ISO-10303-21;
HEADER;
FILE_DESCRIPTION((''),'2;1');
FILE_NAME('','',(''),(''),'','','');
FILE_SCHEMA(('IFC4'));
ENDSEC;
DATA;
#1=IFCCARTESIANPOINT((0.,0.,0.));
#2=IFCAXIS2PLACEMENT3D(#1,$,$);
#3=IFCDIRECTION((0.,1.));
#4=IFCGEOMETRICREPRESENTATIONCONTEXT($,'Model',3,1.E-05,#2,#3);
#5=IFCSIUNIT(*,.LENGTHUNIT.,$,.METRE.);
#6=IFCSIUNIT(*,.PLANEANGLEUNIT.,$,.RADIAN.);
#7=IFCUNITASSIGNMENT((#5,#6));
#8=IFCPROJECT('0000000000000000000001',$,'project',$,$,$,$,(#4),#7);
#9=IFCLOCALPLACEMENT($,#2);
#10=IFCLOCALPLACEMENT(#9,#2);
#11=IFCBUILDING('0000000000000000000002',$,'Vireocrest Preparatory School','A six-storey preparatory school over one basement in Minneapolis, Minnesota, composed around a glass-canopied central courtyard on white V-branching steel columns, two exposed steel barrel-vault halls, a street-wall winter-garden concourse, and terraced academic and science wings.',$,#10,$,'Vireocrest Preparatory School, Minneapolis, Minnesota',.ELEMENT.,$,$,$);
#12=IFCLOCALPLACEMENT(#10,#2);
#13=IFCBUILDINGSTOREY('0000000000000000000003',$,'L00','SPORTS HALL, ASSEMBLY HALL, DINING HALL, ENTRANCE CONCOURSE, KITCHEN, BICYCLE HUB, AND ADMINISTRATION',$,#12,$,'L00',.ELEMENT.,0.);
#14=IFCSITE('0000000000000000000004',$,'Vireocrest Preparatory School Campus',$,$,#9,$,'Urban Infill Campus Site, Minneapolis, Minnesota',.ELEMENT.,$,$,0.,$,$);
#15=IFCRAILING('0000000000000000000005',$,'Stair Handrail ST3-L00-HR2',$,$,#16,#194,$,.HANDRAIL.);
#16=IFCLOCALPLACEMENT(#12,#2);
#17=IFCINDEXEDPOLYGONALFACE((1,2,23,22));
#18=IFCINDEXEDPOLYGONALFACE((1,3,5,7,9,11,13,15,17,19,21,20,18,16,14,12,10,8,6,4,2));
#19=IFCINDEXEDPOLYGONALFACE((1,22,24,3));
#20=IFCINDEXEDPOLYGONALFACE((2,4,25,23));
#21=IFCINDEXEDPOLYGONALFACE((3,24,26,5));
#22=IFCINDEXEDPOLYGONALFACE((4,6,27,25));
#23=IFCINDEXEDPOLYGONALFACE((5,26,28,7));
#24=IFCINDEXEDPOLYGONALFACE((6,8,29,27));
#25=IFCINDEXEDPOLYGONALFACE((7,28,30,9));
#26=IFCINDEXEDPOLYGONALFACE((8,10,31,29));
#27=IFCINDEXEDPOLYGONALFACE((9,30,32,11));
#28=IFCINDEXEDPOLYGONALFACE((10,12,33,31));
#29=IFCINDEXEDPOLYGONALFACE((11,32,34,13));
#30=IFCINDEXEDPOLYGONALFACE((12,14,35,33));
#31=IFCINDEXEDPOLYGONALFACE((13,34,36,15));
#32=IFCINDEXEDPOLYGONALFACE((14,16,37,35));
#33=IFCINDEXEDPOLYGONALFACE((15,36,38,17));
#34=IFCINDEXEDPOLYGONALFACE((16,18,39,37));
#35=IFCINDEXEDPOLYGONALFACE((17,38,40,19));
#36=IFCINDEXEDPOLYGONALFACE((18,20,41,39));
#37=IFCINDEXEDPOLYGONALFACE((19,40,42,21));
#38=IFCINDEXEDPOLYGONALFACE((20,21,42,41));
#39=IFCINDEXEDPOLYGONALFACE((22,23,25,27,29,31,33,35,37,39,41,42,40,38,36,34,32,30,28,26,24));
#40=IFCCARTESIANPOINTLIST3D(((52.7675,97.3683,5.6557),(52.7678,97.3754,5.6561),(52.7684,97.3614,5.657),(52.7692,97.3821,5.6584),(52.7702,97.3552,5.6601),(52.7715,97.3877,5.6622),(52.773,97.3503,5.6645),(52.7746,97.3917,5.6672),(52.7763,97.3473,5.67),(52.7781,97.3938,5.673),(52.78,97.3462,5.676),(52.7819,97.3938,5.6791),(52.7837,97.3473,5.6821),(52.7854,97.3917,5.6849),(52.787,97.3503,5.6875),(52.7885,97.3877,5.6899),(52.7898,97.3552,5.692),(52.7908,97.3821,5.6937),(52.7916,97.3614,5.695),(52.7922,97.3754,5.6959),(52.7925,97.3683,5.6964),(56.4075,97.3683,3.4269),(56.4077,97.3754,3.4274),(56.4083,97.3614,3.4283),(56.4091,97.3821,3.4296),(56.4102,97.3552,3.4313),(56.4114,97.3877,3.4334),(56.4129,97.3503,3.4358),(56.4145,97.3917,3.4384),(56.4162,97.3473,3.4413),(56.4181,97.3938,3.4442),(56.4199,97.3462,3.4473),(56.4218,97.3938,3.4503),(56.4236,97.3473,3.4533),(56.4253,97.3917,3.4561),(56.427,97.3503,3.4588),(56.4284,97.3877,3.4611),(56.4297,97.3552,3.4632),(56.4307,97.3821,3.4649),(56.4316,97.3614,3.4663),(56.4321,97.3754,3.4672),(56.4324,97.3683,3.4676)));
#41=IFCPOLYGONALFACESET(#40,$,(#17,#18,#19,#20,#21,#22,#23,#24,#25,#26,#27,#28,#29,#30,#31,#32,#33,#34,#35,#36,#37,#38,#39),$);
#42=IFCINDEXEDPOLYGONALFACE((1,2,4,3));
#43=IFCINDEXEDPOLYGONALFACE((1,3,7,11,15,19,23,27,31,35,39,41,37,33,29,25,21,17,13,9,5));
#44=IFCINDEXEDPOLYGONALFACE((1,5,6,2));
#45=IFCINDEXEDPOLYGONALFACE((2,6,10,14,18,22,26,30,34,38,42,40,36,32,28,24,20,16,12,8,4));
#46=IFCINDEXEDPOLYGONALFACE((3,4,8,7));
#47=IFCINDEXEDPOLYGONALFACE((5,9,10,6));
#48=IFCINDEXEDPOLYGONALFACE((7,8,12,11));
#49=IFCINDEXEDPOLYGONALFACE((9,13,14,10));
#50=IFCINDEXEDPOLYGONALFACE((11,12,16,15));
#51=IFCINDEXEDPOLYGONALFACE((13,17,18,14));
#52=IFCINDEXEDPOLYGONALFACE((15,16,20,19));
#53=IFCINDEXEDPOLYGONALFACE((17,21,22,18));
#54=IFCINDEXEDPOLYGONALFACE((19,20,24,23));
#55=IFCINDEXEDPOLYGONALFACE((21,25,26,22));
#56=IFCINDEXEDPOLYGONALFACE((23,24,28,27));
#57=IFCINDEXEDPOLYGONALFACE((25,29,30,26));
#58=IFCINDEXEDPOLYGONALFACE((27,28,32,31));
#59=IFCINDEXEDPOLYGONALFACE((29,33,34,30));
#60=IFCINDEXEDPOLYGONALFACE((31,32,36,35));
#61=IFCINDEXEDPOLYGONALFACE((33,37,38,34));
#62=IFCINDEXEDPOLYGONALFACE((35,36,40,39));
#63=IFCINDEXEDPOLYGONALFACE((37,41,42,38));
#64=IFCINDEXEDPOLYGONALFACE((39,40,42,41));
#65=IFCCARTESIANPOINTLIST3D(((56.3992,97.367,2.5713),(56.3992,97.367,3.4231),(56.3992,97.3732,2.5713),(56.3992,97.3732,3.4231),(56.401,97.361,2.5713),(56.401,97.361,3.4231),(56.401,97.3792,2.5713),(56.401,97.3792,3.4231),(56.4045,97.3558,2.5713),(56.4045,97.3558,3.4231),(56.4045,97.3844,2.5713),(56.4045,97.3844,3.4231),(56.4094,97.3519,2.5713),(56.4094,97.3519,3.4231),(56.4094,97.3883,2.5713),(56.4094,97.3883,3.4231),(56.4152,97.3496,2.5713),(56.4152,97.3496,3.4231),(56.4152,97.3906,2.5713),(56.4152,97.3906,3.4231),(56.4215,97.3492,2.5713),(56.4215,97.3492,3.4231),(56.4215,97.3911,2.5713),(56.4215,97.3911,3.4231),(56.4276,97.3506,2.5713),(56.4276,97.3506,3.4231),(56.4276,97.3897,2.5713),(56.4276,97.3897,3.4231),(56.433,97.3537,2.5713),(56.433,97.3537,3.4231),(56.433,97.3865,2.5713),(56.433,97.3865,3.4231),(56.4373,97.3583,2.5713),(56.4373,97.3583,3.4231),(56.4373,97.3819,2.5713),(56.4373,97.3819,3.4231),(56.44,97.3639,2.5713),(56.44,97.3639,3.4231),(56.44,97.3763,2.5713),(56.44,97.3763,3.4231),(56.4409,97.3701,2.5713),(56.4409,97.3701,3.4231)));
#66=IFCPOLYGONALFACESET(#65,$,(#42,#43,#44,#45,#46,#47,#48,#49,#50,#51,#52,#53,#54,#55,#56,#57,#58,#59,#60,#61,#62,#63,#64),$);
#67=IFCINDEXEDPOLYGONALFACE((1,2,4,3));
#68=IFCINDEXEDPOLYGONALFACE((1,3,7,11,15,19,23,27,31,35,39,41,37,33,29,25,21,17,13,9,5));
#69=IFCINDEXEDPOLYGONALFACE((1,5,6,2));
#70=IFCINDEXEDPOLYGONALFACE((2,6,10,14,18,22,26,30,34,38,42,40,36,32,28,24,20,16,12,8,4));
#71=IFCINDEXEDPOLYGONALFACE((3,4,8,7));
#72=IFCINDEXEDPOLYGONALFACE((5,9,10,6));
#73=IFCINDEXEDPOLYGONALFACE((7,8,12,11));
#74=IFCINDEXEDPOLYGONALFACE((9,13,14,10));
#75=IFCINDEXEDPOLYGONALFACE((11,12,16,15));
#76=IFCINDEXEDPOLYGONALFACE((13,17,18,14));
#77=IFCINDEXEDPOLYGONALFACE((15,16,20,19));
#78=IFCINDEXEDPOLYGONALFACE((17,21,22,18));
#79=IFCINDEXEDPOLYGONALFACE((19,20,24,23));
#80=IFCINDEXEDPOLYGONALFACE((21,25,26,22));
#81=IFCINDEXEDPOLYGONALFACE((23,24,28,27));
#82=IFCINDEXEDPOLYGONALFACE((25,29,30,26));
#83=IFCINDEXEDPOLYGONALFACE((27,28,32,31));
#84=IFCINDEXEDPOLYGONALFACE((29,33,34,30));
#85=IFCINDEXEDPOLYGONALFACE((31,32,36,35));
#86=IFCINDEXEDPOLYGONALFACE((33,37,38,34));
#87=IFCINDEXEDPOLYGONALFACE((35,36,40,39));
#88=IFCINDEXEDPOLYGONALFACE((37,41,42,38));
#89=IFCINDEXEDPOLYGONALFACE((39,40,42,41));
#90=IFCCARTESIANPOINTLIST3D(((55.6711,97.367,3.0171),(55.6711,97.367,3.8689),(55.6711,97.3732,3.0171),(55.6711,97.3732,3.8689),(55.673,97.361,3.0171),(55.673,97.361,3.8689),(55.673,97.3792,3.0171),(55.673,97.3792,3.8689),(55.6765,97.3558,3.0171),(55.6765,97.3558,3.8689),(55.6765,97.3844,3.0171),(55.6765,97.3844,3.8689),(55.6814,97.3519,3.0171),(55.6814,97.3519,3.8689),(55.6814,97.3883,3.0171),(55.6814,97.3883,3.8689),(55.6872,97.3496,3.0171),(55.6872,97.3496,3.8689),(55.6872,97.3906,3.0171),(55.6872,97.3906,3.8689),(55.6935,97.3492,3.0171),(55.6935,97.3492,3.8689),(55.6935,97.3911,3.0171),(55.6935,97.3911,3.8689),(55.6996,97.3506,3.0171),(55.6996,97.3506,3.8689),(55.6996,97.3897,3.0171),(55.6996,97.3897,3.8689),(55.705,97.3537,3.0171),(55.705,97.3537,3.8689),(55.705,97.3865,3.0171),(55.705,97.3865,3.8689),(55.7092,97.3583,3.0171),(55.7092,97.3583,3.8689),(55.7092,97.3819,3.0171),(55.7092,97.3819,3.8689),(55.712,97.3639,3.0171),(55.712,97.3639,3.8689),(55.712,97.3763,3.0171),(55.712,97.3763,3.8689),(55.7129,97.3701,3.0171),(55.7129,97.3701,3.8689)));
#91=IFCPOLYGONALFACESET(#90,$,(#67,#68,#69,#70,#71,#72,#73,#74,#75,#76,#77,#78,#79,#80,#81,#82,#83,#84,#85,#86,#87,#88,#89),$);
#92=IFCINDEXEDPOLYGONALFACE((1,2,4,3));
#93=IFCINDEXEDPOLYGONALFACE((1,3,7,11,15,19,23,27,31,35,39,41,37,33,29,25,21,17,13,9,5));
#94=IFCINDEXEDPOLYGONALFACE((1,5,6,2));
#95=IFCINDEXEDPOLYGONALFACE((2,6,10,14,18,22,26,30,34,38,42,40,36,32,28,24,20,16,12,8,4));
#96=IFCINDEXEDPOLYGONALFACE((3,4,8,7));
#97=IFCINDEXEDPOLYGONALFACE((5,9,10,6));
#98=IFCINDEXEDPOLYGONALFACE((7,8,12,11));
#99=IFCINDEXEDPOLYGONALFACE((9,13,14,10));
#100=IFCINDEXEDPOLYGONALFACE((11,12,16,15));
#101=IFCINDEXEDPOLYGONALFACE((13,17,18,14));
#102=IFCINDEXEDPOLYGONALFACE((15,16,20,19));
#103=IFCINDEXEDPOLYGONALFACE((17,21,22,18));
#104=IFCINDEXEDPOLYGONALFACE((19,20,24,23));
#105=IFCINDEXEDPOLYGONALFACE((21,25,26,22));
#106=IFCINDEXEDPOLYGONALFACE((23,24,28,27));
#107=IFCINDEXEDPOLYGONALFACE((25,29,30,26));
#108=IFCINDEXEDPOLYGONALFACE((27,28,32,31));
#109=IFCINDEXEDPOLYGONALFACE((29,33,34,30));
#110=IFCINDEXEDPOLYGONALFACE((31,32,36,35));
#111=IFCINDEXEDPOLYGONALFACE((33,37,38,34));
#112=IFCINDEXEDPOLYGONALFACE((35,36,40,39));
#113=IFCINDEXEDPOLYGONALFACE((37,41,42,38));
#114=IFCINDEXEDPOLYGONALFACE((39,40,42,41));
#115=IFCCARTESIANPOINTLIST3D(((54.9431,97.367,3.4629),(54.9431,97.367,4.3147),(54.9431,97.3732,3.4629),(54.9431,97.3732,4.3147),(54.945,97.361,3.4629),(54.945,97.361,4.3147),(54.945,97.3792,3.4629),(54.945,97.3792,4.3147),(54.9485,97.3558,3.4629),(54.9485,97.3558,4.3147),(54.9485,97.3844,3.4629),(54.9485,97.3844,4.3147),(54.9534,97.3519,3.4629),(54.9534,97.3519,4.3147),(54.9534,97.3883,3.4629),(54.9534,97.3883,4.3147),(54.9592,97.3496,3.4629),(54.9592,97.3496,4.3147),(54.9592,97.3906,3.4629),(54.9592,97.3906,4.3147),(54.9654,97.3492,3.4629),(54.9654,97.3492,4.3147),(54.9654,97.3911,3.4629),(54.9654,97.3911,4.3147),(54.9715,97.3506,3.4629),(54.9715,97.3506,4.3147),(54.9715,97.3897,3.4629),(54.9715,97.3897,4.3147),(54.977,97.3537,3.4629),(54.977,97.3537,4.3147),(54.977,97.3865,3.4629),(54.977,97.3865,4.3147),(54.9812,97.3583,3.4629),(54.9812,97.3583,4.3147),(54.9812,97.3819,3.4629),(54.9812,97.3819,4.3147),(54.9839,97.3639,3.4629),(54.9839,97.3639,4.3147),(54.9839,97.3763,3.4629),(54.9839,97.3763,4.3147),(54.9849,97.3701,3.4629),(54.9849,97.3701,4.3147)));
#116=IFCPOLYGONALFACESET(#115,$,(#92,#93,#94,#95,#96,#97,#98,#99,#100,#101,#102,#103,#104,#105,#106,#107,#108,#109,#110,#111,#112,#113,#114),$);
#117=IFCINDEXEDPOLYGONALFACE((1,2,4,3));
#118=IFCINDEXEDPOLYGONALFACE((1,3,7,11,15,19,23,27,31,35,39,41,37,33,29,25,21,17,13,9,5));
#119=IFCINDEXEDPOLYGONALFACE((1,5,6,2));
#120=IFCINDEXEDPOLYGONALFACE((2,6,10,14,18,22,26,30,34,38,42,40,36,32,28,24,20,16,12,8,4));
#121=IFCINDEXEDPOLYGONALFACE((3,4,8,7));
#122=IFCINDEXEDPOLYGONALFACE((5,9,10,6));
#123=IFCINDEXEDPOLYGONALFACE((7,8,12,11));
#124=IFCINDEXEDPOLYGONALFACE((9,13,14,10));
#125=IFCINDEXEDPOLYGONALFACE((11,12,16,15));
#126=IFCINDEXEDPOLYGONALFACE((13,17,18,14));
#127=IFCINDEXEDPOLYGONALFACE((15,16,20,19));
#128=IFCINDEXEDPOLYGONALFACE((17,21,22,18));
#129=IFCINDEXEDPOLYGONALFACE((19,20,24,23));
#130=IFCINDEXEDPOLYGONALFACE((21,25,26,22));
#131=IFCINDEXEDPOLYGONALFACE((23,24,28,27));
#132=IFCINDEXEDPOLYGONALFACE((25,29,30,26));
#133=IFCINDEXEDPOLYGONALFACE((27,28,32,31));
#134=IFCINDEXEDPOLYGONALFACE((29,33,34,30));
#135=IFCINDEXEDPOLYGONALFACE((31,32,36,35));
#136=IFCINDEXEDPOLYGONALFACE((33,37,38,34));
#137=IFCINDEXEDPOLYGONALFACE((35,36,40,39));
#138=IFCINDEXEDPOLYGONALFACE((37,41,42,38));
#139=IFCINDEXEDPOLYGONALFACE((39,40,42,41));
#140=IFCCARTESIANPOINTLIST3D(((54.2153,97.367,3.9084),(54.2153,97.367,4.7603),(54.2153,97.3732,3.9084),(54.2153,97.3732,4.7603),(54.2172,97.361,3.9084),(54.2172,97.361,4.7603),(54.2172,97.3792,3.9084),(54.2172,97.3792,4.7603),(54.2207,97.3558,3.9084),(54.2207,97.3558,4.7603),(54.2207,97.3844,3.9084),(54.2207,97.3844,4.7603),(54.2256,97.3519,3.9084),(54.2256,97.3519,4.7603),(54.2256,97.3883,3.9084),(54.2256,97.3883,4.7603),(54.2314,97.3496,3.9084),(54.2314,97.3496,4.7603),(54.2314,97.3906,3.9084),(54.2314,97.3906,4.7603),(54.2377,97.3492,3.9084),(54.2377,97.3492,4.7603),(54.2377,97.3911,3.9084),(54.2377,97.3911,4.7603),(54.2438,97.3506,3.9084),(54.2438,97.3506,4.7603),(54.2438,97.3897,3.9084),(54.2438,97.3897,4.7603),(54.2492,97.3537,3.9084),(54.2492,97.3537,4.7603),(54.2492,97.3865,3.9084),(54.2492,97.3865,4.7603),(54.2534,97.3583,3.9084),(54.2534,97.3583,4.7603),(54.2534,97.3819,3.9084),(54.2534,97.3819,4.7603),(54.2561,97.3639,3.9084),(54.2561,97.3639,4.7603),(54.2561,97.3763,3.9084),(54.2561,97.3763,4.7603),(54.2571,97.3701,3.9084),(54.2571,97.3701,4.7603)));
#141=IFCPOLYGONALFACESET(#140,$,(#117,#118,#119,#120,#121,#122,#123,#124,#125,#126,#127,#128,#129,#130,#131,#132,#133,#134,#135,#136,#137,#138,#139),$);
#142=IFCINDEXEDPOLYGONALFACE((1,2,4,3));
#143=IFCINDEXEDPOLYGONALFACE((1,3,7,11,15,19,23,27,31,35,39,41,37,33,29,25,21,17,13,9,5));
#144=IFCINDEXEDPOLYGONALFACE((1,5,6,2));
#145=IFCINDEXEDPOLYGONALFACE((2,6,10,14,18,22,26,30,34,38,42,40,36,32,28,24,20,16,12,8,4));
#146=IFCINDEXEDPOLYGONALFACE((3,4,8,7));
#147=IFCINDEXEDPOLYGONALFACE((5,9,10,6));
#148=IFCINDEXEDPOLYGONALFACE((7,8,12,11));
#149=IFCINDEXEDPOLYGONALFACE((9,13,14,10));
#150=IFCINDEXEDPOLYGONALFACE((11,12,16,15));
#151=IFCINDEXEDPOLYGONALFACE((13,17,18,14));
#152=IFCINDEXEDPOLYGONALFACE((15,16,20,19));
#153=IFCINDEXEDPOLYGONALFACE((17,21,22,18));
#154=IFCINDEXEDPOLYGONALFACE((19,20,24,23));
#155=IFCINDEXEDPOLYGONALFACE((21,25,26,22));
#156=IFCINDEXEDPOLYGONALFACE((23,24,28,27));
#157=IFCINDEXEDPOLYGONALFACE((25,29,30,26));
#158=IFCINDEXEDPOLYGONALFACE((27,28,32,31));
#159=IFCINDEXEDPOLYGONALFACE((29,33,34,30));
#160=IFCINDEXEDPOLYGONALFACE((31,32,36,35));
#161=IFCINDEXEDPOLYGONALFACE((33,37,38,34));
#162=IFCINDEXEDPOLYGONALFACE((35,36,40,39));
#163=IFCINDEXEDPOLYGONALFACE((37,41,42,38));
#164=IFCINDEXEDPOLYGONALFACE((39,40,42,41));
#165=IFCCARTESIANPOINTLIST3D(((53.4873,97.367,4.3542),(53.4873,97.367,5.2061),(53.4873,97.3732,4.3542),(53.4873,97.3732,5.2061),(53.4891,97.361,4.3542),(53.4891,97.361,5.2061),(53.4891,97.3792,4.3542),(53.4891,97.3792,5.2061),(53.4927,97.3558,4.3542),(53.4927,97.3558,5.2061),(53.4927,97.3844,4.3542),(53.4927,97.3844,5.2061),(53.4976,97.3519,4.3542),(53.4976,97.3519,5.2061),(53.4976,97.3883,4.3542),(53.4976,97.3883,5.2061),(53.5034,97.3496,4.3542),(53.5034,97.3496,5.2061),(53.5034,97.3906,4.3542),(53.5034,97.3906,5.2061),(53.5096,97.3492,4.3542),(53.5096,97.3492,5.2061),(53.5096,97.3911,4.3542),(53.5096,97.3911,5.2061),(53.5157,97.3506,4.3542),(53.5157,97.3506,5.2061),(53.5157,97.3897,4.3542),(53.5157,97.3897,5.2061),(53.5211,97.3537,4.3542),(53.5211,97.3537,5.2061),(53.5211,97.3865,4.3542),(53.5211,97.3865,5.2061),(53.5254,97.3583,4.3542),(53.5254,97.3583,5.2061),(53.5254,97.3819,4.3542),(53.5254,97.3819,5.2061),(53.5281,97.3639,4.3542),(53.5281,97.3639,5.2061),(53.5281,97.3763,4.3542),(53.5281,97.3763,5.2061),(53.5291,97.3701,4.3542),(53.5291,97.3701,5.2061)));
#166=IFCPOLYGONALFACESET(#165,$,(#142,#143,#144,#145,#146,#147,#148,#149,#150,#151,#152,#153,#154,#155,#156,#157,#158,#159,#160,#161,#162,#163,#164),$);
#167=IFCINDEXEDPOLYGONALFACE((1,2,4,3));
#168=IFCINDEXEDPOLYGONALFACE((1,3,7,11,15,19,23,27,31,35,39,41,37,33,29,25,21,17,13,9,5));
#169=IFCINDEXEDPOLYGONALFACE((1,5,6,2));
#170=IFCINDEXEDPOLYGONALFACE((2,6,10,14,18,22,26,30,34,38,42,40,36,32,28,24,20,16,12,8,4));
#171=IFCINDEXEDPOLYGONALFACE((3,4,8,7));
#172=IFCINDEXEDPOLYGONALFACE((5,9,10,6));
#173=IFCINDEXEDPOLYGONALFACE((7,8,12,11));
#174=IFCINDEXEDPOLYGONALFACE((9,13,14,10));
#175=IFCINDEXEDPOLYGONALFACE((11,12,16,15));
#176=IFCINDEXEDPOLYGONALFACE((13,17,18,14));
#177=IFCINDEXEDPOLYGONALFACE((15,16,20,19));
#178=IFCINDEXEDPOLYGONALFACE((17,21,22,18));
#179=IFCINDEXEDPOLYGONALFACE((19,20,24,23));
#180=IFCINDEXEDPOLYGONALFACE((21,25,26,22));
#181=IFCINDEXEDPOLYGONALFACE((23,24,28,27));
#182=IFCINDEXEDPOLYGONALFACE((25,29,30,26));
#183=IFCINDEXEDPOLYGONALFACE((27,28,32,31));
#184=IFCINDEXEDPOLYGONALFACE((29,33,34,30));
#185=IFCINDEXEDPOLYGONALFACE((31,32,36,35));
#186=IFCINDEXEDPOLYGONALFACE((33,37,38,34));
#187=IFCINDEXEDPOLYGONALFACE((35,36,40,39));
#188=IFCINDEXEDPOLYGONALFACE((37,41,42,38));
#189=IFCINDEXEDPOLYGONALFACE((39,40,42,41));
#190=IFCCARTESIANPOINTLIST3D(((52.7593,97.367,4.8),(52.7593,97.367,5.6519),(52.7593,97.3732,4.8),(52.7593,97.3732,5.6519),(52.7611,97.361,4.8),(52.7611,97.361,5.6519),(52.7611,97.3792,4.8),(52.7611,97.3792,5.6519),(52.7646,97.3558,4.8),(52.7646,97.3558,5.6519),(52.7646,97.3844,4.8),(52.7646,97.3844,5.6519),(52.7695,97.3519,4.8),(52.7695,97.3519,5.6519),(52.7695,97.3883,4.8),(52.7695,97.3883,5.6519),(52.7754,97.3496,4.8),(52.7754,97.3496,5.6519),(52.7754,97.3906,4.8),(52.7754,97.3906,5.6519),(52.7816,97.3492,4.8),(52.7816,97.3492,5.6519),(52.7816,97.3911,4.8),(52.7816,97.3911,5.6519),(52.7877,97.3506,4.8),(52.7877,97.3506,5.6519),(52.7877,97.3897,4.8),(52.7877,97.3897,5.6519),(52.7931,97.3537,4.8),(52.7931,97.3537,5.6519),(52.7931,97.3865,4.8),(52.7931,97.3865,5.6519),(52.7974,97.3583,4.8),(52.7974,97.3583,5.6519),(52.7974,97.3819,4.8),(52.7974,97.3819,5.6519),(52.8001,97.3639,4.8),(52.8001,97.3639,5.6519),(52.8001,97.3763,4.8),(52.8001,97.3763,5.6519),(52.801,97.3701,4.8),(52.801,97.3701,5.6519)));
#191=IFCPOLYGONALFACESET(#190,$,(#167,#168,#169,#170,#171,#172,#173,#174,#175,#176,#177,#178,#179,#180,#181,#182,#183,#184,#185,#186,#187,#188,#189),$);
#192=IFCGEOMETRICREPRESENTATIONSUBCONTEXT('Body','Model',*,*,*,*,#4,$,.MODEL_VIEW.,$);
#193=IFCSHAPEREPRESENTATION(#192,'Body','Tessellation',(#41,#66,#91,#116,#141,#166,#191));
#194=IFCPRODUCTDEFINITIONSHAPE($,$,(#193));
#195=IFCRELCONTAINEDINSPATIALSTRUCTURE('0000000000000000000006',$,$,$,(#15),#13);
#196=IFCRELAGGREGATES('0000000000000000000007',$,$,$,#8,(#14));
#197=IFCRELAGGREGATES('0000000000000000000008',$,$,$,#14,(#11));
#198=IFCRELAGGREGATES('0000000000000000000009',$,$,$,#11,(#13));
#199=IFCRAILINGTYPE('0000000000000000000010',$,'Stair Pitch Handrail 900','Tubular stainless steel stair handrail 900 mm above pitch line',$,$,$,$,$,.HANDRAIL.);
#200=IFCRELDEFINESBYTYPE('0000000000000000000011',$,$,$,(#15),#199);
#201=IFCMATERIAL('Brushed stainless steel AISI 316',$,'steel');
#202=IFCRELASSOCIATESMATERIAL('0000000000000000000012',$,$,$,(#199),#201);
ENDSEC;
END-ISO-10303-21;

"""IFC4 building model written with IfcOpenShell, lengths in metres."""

from ifc_helpers import new_model, si_unit, direction, frame, origin, origin_2d, place, context, subcontext, project, spatial, circle, extrude, material, type_object, element, save


model = new_model("IFC4")

# Units and contexts
model_context = context("Model", 3, precision=1e-05, world=origin(), true_north=direction((0.0, 1.0)))
body_context = subcontext(model_context, "Body", "Model", "MODEL_VIEW")
ifc_project = project(units=[si_unit("LENGTHUNIT", "METRE"), si_unit("PLANEANGLEUNIT", "RADIAN")], contexts=[model_context])

# Site, building, storey
site_placement = place(None, origin())
site = spatial("IfcSite", under=ifc_project, at=site_placement, Name="Vireocrest Preparatory School Campus", LongName="Urban Infill Campus Site, Minneapolis, Minnesota", CompositionType="ELEMENT", RefElevation=0.0)
building_placement = place(site_placement, origin())
building = spatial("IfcBuilding", under=site, at=building_placement, Name="Vireocrest Preparatory School", Description="A six-storey preparatory school over one basement in Minneapolis, Minnesota, composed around a glass-canopied central courtyard on white V-branching steel columns, two exposed steel barrel-vault halls, a street-wall winter-garden concourse, and terraced academic and science wings.", LongName="Vireocrest Preparatory School, Minneapolis, Minnesota", CompositionType="ELEMENT")
storey_placement = place(building_placement, origin())
storey = spatial("IfcBuildingStorey", under=building, at=storey_placement, Name="L00", Description="SPORTS HALL, ASSEMBLY HALL, DINING HALL, ENTRANCE CONCOURSE, KITCHEN, BICYCLE HUB, AND ADMINISTRATION", LongName="L00", CompositionType="ELEMENT", Elevation=0.0)

# Railing
ifc_material_1 = material(Name="Brushed stainless steel AISI 316", Category="steel")
railing_type_1 = type_object("IfcRailingType", Name="Stair Pitch Handrail 900", Description="Tubular stainless steel stair handrail 900 mm above pitch line", PredefinedType="HANDRAIL", material=ifc_material_1)
railing_1_placement = place(storey_placement, frame((56.4199, 97.3701, 2.5713)))
element("IfcRailing", 1, at=railing_1_placement, inside=storey, type_object=railing_type_1, Name="Stair Handrail ST3-L00-HR2", PredefinedType="HANDRAIL", context=body_context, shape_type="SweptSolid", body=[
    extrude(circle(Radius=0.0239, at=origin_2d()), frame((0.0, 0.0, 0.876), z_axis=(-0.852825, 0.0, 0.522197), x_axis=(0.0, -1.0, 0.0)), (0.0, 0.0, 1.0), 4.2681),
    extrude(circle(Radius=0.021, at=origin_2d()), origin(), (0.0, 0.0, 1.0), 0.8518),
    extrude(circle(Radius=0.021, at=origin_2d()), frame((-0.728, 0.0, 0.4458)), (0.0, 0.0, 1.0), 0.8518),
    extrude(circle(Radius=0.021, at=origin_2d()), frame((-1.4561, 0.0, 0.8916)), (0.0, 0.0, 1.0), 0.8518),
    extrude(circle(Radius=0.021, at=origin_2d()), frame((-2.1838, 0.0, 1.3372)), (0.0, 0.0, 1.0), 0.8518),
    extrude(circle(Radius=0.021, at=origin_2d()), frame((-2.9119, 0.0, 1.783)), (0.0, 0.0, 1.0), 0.8518),
    extrude(circle(Radius=0.021, at=origin_2d()), frame((-3.6399, 0.0, 2.2288)), (0.0, 0.0, 1.0), 0.8518),
])

save(model, "model.ifc")
